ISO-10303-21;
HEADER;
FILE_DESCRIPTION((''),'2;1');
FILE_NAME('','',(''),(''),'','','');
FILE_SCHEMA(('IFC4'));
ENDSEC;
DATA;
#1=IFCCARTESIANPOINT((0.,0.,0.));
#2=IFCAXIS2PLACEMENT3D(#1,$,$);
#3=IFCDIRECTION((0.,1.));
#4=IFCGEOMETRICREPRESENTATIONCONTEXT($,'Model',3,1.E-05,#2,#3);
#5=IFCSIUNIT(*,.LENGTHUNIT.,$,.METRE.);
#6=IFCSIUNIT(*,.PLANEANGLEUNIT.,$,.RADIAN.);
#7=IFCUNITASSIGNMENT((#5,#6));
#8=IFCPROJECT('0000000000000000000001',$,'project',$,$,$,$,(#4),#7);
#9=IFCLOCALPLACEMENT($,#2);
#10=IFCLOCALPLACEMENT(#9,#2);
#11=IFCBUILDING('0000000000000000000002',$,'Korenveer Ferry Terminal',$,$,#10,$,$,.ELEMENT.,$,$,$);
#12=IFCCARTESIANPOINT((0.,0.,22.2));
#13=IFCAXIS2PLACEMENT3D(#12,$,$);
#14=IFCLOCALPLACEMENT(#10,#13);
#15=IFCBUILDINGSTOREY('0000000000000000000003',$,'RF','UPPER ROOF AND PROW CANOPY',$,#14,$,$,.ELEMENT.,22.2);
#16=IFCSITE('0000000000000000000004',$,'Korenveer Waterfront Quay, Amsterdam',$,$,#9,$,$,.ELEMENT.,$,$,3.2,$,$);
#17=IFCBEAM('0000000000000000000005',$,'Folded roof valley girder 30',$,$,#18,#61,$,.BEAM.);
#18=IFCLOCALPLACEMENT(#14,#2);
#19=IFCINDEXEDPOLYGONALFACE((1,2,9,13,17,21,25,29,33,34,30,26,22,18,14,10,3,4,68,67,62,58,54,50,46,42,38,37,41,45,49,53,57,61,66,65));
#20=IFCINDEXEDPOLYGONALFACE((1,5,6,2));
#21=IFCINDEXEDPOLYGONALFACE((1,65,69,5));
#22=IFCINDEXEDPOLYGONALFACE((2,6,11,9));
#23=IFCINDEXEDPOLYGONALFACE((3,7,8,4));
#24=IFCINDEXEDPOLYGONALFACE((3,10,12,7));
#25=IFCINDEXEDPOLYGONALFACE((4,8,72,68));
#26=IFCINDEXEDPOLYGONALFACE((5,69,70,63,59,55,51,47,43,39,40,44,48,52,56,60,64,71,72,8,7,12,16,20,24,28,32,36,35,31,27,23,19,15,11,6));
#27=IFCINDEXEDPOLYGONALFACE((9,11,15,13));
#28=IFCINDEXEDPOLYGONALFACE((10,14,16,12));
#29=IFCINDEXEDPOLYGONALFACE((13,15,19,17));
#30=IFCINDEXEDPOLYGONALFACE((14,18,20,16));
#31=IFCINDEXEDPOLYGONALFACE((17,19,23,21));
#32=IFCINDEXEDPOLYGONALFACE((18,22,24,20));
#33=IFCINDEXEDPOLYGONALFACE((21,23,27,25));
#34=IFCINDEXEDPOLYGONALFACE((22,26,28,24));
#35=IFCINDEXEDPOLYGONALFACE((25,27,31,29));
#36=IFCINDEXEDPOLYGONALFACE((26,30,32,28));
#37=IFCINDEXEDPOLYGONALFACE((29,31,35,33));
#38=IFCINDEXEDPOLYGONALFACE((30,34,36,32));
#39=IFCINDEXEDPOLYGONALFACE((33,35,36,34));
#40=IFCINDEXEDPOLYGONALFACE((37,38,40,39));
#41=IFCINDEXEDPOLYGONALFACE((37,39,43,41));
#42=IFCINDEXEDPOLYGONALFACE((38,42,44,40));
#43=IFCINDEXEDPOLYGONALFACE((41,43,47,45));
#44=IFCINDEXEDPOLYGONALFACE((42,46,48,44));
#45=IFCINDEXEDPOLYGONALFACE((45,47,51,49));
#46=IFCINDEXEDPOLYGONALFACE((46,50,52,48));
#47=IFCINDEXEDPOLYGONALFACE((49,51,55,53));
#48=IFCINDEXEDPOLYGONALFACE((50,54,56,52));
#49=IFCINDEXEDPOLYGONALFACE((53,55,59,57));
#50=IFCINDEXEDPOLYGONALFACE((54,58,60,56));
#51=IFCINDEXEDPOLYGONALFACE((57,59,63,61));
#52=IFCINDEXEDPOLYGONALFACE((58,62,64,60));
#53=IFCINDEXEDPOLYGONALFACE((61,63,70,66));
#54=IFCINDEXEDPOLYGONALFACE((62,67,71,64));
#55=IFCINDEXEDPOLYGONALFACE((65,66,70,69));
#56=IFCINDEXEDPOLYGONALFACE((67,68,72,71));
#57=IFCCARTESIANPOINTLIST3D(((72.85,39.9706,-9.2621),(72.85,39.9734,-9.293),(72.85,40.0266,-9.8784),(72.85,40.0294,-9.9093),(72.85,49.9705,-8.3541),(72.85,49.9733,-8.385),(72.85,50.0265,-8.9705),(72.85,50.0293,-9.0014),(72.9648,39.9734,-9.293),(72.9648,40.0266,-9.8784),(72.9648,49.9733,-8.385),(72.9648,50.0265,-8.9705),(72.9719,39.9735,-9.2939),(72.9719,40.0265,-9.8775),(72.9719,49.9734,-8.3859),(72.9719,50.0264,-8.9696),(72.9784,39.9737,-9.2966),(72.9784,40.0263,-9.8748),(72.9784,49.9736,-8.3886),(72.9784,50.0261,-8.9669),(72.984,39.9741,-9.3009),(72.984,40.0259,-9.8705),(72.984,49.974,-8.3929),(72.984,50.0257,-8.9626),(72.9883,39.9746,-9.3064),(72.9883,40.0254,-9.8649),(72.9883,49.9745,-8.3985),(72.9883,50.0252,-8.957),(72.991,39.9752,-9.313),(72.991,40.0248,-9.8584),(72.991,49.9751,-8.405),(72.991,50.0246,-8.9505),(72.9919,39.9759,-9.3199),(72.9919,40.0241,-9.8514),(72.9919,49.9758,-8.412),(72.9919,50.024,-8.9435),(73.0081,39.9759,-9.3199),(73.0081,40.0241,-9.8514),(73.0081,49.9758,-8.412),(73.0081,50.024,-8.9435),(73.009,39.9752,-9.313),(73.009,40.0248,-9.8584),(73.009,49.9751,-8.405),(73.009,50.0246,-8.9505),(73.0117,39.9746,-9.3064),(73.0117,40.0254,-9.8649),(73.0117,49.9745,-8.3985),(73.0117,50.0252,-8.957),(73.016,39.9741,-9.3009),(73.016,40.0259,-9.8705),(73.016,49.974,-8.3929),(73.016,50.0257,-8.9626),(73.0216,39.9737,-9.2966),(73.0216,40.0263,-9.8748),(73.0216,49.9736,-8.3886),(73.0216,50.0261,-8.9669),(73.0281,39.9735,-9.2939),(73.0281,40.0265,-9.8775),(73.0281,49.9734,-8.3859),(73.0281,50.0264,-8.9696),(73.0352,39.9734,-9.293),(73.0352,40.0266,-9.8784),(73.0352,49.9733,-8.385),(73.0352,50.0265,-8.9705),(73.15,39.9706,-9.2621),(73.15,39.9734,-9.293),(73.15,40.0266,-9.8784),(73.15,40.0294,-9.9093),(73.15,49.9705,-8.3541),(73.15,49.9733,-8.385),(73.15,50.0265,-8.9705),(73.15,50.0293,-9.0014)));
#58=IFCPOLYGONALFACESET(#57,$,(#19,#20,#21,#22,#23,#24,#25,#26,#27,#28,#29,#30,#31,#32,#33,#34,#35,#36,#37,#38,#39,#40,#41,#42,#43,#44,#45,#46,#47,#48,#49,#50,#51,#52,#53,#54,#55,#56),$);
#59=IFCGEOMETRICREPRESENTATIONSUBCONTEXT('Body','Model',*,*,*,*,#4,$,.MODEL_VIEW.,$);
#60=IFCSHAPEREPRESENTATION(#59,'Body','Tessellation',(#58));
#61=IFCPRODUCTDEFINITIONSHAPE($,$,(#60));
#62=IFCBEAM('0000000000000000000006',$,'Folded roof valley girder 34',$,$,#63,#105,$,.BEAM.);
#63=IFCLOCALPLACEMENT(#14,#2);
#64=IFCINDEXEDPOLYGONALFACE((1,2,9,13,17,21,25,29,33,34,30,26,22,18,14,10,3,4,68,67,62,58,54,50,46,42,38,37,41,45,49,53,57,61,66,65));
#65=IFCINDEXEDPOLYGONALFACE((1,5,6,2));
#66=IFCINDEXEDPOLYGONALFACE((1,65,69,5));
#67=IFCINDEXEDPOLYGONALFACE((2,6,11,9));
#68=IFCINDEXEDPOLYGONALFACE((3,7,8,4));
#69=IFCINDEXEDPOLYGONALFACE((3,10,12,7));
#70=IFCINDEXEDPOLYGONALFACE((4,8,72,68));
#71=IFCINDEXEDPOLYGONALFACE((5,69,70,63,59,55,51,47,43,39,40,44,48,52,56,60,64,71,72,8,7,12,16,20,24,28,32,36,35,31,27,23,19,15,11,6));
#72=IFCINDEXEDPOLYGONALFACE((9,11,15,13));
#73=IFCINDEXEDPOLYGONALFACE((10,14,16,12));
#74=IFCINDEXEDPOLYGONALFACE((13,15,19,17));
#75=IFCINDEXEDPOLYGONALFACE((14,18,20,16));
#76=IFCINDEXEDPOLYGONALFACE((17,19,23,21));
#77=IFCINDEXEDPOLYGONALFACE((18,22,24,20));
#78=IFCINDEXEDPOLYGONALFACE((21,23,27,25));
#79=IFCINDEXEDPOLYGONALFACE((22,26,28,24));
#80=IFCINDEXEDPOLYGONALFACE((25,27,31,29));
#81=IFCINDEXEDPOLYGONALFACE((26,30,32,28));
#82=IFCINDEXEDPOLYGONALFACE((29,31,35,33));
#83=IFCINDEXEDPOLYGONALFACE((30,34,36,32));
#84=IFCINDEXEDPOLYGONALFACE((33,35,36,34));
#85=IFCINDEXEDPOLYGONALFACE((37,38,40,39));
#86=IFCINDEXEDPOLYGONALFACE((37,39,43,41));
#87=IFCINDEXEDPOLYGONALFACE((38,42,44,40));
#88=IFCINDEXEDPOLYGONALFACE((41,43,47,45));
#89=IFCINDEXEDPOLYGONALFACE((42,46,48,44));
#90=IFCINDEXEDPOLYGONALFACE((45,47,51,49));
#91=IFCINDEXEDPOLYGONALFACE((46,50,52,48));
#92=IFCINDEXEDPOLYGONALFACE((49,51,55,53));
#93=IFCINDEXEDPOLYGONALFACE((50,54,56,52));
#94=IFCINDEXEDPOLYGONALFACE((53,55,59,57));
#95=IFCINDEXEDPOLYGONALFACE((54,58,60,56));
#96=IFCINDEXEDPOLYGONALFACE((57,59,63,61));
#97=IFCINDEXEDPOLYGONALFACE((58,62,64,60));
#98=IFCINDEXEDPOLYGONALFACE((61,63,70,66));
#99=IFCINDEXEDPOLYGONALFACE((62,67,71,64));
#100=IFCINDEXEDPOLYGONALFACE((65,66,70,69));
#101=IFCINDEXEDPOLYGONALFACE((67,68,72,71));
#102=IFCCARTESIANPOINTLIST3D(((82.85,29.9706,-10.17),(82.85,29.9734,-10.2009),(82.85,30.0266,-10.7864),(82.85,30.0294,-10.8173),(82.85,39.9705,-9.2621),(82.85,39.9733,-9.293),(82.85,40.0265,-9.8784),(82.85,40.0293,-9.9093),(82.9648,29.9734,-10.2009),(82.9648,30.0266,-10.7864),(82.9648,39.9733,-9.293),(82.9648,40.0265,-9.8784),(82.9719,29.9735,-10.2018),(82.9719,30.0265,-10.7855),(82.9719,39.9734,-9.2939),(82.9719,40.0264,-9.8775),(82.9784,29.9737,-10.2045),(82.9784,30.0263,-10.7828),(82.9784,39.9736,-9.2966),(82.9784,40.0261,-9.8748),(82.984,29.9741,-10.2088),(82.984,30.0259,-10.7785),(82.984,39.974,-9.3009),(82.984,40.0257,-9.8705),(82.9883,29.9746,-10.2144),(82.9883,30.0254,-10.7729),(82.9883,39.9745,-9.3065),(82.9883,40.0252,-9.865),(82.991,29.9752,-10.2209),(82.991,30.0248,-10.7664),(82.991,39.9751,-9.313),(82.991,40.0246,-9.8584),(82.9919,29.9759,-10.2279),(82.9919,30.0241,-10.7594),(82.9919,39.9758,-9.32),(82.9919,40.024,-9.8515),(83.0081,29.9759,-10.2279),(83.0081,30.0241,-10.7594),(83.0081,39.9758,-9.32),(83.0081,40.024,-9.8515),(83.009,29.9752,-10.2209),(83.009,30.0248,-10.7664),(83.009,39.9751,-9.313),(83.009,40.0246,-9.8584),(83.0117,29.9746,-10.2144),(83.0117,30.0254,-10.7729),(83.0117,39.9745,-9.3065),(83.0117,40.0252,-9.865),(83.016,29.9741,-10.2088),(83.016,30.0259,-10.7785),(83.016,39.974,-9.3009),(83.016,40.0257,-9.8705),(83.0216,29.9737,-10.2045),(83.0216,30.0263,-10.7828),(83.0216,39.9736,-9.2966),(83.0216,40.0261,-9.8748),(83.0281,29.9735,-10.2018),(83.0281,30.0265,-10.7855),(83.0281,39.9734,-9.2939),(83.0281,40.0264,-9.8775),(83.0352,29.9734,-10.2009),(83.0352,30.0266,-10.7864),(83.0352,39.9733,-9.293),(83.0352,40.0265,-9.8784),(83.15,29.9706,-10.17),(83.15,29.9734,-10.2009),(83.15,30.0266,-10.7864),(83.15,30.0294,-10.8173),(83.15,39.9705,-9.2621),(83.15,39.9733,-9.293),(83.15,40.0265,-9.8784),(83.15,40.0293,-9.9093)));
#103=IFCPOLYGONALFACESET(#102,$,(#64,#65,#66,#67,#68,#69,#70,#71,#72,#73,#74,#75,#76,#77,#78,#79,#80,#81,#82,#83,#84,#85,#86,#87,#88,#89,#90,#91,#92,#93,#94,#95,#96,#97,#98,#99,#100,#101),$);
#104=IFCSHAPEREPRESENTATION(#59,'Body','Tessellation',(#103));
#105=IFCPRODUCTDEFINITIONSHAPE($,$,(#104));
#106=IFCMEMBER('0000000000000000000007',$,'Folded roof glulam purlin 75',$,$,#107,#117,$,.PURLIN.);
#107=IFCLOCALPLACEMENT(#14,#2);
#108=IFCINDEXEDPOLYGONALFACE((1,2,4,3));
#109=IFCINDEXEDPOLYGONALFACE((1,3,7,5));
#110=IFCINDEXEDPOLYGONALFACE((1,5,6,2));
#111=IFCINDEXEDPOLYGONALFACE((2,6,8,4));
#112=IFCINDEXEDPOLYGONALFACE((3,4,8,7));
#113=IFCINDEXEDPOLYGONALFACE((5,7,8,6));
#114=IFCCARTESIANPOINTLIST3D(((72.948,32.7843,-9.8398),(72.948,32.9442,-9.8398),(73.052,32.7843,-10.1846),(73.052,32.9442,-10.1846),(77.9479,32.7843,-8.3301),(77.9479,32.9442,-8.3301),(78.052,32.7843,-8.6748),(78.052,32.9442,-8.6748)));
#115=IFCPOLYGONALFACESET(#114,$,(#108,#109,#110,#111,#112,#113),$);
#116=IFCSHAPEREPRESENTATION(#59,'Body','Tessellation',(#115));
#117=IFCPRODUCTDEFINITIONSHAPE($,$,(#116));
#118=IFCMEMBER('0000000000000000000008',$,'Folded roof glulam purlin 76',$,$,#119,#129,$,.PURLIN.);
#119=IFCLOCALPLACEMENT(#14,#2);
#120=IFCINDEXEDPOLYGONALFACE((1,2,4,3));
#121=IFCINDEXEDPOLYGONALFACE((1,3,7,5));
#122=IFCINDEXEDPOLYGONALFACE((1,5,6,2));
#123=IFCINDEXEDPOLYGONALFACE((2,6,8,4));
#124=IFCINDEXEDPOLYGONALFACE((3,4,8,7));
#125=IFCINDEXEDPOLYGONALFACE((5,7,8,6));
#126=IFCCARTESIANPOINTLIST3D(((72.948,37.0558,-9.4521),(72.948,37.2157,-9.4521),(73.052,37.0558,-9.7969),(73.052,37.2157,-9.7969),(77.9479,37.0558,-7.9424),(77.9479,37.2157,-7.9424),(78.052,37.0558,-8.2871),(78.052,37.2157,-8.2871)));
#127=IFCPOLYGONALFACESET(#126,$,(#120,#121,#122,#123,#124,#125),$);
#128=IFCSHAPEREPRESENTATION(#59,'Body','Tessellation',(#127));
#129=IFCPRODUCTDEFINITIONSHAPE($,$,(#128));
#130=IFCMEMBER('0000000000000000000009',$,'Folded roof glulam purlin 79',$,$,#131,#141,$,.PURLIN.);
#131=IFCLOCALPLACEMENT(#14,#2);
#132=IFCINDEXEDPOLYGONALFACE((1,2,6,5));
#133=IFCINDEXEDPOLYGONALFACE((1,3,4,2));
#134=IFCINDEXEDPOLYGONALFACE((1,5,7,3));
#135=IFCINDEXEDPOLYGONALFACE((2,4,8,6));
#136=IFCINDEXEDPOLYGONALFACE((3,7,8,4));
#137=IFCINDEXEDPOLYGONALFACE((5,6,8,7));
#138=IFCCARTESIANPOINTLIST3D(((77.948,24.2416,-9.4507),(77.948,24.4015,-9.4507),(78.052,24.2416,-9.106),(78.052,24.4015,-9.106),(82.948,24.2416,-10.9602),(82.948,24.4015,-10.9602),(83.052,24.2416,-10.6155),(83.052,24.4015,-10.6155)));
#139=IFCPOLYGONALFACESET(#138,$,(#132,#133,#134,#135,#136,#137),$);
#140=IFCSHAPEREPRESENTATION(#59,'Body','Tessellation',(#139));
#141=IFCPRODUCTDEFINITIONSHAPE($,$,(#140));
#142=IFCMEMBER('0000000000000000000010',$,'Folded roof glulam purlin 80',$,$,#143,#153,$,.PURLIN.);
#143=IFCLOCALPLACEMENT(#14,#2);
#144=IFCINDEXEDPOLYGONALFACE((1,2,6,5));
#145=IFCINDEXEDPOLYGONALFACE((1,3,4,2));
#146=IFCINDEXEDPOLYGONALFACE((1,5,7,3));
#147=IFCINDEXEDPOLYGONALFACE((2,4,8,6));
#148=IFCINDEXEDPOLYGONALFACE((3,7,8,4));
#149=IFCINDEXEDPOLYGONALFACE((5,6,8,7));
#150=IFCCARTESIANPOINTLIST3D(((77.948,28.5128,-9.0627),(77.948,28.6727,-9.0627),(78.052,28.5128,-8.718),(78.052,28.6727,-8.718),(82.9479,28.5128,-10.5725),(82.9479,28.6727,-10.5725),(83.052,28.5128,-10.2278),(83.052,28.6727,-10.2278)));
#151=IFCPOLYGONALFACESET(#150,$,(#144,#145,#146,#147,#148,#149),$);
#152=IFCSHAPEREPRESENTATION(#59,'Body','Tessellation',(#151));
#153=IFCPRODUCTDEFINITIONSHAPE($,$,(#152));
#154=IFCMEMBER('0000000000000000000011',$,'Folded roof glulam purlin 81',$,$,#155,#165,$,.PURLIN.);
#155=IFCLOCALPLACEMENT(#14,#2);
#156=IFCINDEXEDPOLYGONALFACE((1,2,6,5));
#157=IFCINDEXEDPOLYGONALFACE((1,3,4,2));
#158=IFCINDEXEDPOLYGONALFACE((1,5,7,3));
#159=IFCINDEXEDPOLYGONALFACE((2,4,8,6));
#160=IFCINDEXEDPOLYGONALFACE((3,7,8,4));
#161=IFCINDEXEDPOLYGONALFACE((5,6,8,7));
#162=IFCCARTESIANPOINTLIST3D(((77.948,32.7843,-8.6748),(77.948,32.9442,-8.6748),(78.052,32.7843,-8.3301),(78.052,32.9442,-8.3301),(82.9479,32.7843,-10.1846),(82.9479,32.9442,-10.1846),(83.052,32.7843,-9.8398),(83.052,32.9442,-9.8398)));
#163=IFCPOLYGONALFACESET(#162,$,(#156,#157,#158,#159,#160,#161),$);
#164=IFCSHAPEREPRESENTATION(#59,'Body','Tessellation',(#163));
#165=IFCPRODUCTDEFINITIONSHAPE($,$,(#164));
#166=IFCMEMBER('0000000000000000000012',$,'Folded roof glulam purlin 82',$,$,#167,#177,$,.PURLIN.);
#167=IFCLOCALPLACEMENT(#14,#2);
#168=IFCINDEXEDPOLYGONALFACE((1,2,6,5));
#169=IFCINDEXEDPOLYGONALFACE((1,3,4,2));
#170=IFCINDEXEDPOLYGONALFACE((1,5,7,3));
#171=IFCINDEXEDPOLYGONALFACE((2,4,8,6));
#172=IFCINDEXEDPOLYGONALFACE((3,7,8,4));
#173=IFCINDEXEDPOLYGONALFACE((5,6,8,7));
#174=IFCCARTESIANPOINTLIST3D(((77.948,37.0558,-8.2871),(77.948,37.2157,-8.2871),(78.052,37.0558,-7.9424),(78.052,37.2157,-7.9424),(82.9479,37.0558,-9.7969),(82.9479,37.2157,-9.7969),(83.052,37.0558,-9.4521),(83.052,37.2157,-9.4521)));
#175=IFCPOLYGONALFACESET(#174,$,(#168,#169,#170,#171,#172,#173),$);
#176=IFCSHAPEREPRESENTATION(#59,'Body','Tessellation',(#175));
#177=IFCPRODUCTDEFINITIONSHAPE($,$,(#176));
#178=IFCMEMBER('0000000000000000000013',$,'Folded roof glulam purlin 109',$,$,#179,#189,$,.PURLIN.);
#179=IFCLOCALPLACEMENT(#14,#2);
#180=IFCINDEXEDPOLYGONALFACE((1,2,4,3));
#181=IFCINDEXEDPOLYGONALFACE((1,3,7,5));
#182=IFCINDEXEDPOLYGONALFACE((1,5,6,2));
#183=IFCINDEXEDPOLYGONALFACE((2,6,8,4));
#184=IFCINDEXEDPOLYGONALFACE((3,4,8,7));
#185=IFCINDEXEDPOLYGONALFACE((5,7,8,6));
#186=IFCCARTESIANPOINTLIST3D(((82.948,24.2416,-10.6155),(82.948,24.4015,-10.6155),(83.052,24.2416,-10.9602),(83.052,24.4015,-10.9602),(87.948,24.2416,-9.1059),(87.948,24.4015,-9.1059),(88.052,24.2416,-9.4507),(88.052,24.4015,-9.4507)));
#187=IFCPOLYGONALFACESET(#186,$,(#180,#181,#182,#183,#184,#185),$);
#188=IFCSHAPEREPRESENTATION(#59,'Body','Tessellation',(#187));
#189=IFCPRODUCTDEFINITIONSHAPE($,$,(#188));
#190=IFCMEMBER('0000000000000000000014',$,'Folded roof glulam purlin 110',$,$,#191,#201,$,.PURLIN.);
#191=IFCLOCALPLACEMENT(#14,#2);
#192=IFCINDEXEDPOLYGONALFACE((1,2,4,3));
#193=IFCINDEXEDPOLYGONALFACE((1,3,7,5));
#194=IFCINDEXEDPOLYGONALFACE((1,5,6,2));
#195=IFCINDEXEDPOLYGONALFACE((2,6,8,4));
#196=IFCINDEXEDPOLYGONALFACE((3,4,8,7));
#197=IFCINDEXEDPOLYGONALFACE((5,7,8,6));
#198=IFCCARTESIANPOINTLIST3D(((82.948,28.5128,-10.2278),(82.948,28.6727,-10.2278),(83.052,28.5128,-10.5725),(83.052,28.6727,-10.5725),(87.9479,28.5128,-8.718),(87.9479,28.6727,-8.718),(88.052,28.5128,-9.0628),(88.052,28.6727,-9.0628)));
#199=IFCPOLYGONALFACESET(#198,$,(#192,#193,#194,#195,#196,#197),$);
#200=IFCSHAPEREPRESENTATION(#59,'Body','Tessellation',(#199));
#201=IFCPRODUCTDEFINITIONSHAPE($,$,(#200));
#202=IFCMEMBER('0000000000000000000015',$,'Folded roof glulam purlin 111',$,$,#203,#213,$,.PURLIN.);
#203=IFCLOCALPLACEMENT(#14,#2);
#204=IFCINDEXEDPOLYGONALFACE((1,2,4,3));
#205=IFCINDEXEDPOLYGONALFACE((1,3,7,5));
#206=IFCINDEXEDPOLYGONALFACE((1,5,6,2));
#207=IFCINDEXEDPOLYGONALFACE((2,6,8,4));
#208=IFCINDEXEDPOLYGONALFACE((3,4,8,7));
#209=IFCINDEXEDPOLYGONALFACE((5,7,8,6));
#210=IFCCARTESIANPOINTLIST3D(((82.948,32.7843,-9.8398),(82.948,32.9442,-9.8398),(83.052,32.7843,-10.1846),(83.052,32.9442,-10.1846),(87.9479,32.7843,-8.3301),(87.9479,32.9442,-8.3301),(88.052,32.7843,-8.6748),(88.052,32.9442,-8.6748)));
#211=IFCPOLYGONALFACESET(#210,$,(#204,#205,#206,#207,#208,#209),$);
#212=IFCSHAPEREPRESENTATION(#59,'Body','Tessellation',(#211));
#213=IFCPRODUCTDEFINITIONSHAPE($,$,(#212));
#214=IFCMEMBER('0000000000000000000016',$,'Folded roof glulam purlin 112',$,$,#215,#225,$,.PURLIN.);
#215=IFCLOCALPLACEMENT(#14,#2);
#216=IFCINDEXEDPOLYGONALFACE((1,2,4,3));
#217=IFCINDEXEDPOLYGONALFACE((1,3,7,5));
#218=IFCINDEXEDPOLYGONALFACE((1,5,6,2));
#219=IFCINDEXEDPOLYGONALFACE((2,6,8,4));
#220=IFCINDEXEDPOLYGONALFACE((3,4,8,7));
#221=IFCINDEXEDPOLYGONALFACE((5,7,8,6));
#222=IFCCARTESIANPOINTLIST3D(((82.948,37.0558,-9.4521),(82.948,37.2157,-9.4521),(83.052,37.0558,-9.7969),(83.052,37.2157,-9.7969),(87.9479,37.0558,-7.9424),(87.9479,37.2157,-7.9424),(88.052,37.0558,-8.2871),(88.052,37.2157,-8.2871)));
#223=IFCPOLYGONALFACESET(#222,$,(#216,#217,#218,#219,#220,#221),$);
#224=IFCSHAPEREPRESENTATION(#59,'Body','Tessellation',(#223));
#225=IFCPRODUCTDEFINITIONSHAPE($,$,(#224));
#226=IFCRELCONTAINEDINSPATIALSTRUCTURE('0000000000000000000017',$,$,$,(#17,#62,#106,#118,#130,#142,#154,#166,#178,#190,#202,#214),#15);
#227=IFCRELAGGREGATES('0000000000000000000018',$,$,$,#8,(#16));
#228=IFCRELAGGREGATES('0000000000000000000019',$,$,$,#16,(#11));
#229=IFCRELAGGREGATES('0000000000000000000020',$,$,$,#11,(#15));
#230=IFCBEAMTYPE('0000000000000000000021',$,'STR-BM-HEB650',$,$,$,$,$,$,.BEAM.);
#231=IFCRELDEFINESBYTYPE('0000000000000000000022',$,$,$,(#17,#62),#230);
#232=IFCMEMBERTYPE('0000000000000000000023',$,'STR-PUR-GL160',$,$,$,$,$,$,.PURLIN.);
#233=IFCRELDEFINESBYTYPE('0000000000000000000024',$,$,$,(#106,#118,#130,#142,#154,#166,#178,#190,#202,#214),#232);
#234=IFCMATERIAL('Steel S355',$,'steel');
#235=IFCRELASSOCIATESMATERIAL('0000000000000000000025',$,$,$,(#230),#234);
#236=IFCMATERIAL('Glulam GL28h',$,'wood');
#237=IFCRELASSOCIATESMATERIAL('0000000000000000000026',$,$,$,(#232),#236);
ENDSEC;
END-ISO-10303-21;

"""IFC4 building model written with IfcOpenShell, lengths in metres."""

from ifc_helpers import new_model, si_unit, direction, frame, origin, origin_2d, place, context, subcontext, project, spatial, rectangle, i_section, extrude, material, material_profile, profile_set, type_object, element, save


model = new_model("IFC4")

# Units and contexts
model_context = context("Model", 3, precision=1e-05, world=origin(), true_north=direction((0.0, 1.0)))
body_context = subcontext(model_context, "Body", "Model", "MODEL_VIEW")
ifc_project = project(units=[si_unit("LENGTHUNIT", "METRE"), si_unit("PLANEANGLEUNIT", "RADIAN")], contexts=[model_context])

# Site, building, storey
site_placement = place(None, origin())
site = spatial("IfcSite", under=ifc_project, at=site_placement, Name="Korenveer Waterfront Quay, Amsterdam", CompositionType="ELEMENT", RefElevation=3.2)
building_placement = place(site_placement, origin())
building = spatial("IfcBuilding", under=site, at=building_placement, Name="Korenveer Ferry Terminal", CompositionType="ELEMENT")
storey_placement = place(building_placement, frame((0.0, 0.0, 22.2)))
storey = spatial("IfcBuildingStorey", under=building, at=storey_placement, Name="RF", Description="UPPER ROOF AND PROW CANOPY", CompositionType="ELEMENT", Elevation=22.2)

# Beams
ifc_material_1 = material(Name="Steel S355", Category="steel")
ifc_material_profile_1 = material_profile(ifc_material_1, i_section(OverallWidth=0.3, OverallDepth=0.6499, WebThickness=0.0161, FlangeThickness=0.031, FilletRadius=0.0271, at=origin_2d()), Name="HEB 650")
ifc_profile_set_1 = profile_set([ifc_material_profile_1], Name="Steel S355")
beam_type_1 = type_object("IfcBeamType", Name="STR-BM-HEB650", PredefinedType="BEAM", material=ifc_profile_set_1)
for number, where, z_axis, x_axis, name in (
    (1, (73.0, 40.0, -9.5857), (0.0, 0.995903, 0.090424), (-1.0, 0.0, 0.0), "Folded roof valley girder 30"),
    (2, (83.0, 30.0, -10.4937), (0.0, 0.995903, 0.090424), (-1.0, 0.0, 0.0), "Folded roof valley girder 34"),
):
    element("IfcBeam", number, at=place(storey_placement, frame(where, z_axis=z_axis, x_axis=x_axis)), inside=storey, type_object=beam_type_1, Name=name, PredefinedType="BEAM", context=body_context, shape_type="SweptSolid", body=[
        extrude(i_section(OverallWidth=0.3, OverallDepth=0.6499, WebThickness=0.0161, FlangeThickness=0.031, FilletRadius=0.0271, at=origin_2d()), origin(), (0.0, 0.0, 1.0), 10.041),
    ])

# Members
ifc_material_2 = material(Name="Glulam GL28h", Category="wood")
ifc_material_profile_2 = material_profile(ifc_material_2, rectangle(XDim=0.1599, YDim=0.3601, at=origin_2d()), Name="GL 160x360")
ifc_profile_set_2 = profile_set([ifc_material_profile_2], Name="Glulam GL28h")
member_type = type_object("IfcMemberType", Name="STR-PUR-GL160", PredefinedType="PURLIN", material=ifc_profile_set_2)
for number, where, z_axis, x_axis, name in (
    (3, (73.0, 32.8643, -10.0122), (0.95731, 0.0, 0.289063), (0.0, 1.0, 0.0), "Folded roof glulam purlin 75"),
    (4, (73.0, 37.1357, -9.6245), (0.95731, 0.0, 0.289063), (0.0, 1.0, 0.0), "Folded roof glulam purlin 76"),
    (5, (78.0, 24.3215, -9.2783), (0.957323, 0.0, -0.28902), (0.0, 1.0, 0.0), "Folded roof glulam purlin 79"),
    (6, (78.0, 28.5928, -8.8904), (0.95731, 0.0, -0.289063), (0.0, 1.0, 0.0), "Folded roof glulam purlin 80"),
    (7, (78.0, 32.8643, -8.5024), (0.95731, 0.0, -0.289063), (0.0, 1.0, 0.0), "Folded roof glulam purlin 81"),
    (8, (78.0, 37.1357, -8.1147), (0.95731, 0.0, -0.289063), (0.0, 1.0, 0.0), "Folded roof glulam purlin 82"),
    (9, (83.0, 24.3215, -10.7878), (0.957323, 0.0, 0.28902), (0.0, 1.0, 0.0), "Folded roof glulam purlin 109"),
    (10, (83.0, 28.5928, -10.4001), (0.95731, 0.0, 0.289063), (0.0, 1.0, 0.0), "Folded roof glulam purlin 110"),
    (11, (83.0, 32.8643, -10.0122), (0.95731, 0.0, 0.289063), (0.0, 1.0, 0.0), "Folded roof glulam purlin 111"),
    (12, (83.0, 37.1357, -9.6245), (0.95731, 0.0, 0.289063), (0.0, 1.0, 0.0), "Folded roof glulam purlin 112"),
):
    element("IfcMember", number, at=place(storey_placement, frame(where, z_axis=z_axis, x_axis=x_axis)), inside=storey, type_object=member_type, Name=name, PredefinedType="PURLIN", context=body_context, shape_type="SweptSolid", body=[
        extrude(rectangle(XDim=0.1599, YDim=0.3601, at=origin_2d()), origin(), (0.0, 0.0, 1.0), 5.2229),
    ])

save(model, "model.ifc")
